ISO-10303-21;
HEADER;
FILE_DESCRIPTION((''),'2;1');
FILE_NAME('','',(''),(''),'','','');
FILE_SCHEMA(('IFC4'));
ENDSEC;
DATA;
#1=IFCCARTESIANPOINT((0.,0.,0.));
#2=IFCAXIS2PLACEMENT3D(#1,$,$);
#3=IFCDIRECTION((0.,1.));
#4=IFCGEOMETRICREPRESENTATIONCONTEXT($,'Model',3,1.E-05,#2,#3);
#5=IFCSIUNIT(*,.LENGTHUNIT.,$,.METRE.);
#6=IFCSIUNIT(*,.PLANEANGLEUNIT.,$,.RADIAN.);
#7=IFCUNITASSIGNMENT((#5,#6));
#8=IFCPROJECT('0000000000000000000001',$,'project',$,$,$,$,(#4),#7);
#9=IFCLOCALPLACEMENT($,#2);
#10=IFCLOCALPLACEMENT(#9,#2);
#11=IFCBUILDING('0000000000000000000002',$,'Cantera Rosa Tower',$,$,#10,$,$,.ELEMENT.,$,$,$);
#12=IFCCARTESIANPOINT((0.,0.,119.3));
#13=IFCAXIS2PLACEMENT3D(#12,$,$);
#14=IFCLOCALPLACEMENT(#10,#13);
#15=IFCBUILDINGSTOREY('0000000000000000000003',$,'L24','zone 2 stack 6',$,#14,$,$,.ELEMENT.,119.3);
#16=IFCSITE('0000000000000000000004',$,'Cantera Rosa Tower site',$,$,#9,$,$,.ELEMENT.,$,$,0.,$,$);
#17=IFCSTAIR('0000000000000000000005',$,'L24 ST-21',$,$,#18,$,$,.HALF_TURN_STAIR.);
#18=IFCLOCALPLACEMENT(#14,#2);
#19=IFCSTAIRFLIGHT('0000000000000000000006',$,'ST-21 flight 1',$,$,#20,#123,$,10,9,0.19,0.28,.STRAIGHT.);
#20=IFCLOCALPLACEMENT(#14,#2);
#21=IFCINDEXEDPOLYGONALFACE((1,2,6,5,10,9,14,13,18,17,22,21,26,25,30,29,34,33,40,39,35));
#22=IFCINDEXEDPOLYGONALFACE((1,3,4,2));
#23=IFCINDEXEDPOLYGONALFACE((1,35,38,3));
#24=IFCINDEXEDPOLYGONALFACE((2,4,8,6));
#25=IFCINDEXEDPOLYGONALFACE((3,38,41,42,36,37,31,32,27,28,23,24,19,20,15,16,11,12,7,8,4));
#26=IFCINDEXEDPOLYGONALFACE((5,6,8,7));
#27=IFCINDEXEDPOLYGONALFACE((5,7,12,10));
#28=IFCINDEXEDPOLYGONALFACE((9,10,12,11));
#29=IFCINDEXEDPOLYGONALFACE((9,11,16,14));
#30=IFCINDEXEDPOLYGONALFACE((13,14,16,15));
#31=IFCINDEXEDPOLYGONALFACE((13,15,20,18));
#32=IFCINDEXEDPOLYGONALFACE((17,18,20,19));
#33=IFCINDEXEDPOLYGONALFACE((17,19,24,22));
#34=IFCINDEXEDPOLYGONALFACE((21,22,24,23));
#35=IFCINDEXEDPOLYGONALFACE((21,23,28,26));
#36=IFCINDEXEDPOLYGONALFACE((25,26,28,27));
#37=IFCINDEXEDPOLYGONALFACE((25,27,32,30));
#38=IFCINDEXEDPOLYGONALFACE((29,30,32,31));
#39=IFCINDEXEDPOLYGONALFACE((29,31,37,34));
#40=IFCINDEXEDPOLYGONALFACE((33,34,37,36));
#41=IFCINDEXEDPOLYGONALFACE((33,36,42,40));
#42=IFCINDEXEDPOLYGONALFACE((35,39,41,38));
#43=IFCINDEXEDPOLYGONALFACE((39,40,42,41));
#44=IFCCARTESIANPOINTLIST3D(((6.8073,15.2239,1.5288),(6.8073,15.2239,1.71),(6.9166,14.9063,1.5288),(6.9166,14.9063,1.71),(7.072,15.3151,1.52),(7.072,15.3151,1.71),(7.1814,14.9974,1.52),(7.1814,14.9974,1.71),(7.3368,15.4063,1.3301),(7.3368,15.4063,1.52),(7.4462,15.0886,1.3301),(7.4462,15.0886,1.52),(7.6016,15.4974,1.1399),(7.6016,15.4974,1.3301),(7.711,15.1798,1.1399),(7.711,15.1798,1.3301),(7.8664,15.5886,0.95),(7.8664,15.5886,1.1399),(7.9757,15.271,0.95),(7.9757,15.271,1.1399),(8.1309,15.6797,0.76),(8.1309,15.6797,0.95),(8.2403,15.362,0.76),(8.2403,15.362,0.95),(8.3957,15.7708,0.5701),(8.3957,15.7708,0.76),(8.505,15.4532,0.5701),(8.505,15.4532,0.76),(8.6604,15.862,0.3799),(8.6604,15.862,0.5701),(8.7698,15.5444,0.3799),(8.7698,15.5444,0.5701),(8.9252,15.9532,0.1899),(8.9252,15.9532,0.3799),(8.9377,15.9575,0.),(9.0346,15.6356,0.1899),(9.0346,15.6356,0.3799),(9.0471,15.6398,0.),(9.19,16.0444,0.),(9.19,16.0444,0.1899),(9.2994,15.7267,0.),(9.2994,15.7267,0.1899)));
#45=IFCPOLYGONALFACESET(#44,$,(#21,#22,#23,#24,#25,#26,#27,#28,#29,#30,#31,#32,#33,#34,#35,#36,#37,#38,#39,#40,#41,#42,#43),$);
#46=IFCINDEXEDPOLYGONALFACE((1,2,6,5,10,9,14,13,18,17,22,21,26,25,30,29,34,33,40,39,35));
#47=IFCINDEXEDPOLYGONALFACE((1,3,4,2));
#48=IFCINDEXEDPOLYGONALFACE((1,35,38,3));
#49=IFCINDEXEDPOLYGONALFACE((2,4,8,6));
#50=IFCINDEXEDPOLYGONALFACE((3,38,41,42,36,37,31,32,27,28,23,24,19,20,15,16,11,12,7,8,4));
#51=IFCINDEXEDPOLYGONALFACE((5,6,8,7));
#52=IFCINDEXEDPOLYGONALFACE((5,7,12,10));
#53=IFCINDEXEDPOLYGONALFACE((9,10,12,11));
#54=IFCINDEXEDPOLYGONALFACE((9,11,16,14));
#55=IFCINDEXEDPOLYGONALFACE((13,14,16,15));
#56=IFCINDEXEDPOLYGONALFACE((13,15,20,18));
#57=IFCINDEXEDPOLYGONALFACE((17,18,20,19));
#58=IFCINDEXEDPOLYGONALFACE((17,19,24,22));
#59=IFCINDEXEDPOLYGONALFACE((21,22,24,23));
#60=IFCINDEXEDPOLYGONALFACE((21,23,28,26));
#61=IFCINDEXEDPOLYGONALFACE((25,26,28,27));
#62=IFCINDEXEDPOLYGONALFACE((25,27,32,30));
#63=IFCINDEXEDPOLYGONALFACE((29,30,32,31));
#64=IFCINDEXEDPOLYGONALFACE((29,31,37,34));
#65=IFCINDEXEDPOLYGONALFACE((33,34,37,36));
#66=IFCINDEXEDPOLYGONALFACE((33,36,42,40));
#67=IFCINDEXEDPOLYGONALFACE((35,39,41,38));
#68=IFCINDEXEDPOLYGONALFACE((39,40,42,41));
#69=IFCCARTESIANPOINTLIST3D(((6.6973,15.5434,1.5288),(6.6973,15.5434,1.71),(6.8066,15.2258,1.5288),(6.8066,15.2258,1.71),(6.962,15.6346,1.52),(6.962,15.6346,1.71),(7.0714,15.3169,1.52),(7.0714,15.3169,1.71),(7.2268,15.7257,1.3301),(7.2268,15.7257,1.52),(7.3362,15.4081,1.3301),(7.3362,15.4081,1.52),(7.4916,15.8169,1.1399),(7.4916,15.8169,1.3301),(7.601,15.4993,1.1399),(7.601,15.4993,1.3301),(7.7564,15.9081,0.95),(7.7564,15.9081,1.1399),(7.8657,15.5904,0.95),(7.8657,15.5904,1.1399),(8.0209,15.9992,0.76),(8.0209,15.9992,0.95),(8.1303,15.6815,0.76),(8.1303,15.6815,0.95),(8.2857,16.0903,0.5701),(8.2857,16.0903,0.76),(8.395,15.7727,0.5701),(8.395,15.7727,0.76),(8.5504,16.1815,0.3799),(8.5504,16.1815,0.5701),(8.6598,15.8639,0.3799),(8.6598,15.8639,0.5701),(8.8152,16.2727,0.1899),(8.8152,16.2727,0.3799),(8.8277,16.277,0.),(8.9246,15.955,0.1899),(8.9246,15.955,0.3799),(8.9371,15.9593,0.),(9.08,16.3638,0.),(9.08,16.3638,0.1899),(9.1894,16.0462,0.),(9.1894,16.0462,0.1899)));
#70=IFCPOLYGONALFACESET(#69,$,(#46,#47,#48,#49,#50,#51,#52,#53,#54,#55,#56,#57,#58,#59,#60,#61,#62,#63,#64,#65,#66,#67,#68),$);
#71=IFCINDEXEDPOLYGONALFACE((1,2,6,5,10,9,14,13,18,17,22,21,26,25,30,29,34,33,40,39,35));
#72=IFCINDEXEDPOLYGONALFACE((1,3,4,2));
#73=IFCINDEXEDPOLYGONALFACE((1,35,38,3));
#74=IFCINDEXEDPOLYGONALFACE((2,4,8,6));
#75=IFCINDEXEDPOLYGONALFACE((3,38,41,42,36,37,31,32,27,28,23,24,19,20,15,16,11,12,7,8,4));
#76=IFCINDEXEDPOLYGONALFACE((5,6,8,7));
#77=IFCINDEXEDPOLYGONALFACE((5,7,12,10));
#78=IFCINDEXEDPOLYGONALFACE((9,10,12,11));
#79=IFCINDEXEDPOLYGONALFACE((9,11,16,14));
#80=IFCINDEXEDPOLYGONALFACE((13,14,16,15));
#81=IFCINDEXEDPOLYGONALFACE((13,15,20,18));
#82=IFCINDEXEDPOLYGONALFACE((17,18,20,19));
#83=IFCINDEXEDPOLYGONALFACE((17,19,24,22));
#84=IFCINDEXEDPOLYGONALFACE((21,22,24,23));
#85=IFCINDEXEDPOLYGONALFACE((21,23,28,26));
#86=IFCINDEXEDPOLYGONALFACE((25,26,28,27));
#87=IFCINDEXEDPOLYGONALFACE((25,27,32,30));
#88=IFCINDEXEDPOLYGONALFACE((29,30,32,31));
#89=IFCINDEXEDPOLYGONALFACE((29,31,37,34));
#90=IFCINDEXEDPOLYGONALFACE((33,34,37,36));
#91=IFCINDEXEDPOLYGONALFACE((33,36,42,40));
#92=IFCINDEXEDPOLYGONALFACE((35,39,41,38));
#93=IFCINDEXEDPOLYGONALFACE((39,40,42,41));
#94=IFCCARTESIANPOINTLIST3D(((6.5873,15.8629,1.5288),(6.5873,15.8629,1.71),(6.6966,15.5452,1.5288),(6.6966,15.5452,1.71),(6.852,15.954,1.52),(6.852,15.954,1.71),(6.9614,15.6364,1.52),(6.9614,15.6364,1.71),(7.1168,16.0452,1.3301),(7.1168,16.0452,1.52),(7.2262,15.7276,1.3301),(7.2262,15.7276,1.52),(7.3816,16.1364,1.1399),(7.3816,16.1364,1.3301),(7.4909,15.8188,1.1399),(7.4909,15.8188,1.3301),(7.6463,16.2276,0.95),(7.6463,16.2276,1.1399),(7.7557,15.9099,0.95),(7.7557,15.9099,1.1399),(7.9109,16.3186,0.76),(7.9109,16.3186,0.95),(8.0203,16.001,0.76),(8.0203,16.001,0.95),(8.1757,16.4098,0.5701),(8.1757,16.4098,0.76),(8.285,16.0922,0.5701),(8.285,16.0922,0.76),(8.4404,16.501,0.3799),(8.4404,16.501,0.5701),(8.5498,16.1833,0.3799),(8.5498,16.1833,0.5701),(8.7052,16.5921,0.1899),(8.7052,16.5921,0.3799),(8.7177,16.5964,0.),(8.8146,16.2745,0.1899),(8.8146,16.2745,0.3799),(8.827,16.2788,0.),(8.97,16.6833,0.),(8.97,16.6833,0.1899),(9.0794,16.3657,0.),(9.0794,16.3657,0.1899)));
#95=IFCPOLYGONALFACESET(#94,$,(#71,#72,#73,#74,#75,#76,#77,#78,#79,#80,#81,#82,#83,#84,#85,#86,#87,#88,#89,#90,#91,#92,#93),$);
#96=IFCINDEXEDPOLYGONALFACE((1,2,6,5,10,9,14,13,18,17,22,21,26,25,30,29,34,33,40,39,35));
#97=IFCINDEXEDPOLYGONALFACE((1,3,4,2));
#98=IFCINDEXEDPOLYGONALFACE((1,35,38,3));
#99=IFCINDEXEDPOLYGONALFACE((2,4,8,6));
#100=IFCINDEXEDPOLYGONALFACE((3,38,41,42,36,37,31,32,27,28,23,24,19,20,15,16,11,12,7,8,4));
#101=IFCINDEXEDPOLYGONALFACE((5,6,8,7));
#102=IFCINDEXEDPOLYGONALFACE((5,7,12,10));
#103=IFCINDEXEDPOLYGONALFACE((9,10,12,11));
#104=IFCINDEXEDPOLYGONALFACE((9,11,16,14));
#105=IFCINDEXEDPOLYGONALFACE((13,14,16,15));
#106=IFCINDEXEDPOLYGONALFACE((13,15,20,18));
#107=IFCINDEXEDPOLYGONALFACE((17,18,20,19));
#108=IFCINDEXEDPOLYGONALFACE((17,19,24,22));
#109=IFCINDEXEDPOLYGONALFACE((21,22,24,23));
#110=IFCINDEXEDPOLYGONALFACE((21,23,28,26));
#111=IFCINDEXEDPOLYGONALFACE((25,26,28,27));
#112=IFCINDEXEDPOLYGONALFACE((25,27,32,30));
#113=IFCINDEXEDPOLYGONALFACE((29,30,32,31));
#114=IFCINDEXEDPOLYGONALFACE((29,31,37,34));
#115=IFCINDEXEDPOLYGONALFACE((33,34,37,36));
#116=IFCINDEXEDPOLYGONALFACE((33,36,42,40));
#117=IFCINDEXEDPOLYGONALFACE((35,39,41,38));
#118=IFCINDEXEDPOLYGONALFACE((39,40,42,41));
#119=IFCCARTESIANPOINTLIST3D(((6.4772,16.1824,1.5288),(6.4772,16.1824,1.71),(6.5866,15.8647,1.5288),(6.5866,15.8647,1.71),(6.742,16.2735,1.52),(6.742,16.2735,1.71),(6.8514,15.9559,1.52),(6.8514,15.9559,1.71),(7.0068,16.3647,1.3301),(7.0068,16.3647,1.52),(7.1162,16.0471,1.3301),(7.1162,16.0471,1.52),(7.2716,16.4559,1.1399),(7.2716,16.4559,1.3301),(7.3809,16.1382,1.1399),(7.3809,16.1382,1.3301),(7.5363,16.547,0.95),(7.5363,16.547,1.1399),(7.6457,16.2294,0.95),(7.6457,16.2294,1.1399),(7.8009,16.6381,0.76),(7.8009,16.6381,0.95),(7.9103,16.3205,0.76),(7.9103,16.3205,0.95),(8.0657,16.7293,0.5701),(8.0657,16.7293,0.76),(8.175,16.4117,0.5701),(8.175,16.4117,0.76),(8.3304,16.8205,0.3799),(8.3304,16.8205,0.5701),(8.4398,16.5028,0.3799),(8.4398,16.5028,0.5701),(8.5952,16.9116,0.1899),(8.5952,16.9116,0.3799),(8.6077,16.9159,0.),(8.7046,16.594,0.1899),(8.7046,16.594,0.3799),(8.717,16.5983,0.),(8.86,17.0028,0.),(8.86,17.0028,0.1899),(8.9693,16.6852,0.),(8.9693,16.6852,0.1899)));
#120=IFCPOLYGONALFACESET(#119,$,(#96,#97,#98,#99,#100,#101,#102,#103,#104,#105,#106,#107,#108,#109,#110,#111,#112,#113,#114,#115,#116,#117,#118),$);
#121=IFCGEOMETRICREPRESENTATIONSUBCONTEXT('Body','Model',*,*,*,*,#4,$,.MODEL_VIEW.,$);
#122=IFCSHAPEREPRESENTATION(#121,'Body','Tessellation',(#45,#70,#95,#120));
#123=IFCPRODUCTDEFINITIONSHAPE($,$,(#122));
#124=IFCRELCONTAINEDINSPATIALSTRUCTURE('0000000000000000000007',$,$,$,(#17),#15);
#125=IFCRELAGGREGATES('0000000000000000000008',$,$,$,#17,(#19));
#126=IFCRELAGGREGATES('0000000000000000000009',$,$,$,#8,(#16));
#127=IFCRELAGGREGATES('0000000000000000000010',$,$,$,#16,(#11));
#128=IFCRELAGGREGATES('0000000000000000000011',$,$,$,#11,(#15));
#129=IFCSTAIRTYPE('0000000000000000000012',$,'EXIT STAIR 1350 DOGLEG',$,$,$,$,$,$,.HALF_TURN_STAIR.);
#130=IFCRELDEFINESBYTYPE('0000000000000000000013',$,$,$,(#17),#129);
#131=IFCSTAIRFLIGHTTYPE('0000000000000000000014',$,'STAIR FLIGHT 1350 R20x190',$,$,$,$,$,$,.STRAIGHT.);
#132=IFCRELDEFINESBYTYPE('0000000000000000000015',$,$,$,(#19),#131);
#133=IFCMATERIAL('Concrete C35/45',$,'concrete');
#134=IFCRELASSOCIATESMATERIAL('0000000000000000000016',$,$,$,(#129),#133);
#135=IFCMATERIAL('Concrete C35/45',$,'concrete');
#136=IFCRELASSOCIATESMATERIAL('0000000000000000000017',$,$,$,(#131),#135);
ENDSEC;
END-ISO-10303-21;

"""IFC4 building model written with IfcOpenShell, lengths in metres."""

from ifc_helpers import new_model, si_unit, direction, frame, origin, place, context, subcontext, project, spatial, polyline, outline, extrude, material, type_object, element, aggregate, save


model = new_model("IFC4")

# Units and contexts
model_context = context("Model", 3, precision=1e-05, world=origin(), true_north=direction((0.0, 1.0)))
body_context = subcontext(model_context, "Body", "Model", "MODEL_VIEW")
ifc_project = project(units=[si_unit("LENGTHUNIT", "METRE"), si_unit("PLANEANGLEUNIT", "RADIAN")], contexts=[model_context])

# Site, building, storey
site_placement = place(None, origin())
site = spatial("IfcSite", under=ifc_project, at=site_placement, Name="Cantera Rosa Tower site", CompositionType="ELEMENT", RefElevation=0.0)
building_placement = place(site_placement, origin())
building = spatial("IfcBuilding", under=site, at=building_placement, Name="Cantera Rosa Tower", CompositionType="ELEMENT")
storey_placement = place(building_placement, frame((0.0, 0.0, 119.3)))
storey = spatial("IfcBuildingStorey", under=building, at=storey_placement, Name="L24", Description="zone 2 stack 6", CompositionType="ELEMENT", Elevation=119.3)

# Stair, stair flight
ifc_material_1 = material(Name="Concrete C35/45", Category="concrete")
stair_type = type_object("IfcStairType", Name="EXIT STAIR 1350 DOGLEG", PredefinedType="HALF_TURN_STAIR", material=ifc_material_1)
stair_placement = place(storey_placement, origin())
stair = element("IfcStair", 1, at=stair_placement, inside=storey, type_object=stair_type, Name="L24 ST-21", PredefinedType="HALF_TURN_STAIR")
ifc_material_2 = material(Name="Concrete C35/45", Category="concrete")
stair_flight_type = type_object("IfcStairFlightType", Name="STAIR FLIGHT 1350 R20x190", PredefinedType="STRAIGHT", material=ifc_material_2)
stair_flight_1_placement = place(storey_placement, frame((9.0796, 16.365, 0.0), z_axis=(0.0, 0.0, 1.0), x_axis=(-0.945519, -0.325568, 0.0)))
stair_flight_1 = element("IfcStairFlight", 2, at=stair_flight_1_placement, type_object=stair_flight_type, Name="ST-21 flight 1", NumberOfRisers=10, NumberOfTreads=9, PredefinedType="STRAIGHT", RiserHeight=0.19, TreadLength=0.28, context=body_context, shape_type="SweptSolid", body=[
    extrude(outline(polyline([(0.0, 0.0), (0.0, 0.1899), (0.28, 0.1899), (0.28, 0.3799), (0.5601, 0.3799), (0.5601, 0.5701), (0.8401, 0.5701), (0.8401, 0.76), (1.1201, 0.76), (1.1201, 0.95), (1.3999, 0.95), (1.3999, 1.1399), (1.6799, 1.1399), (1.6799, 1.3301), (1.96, 1.3301), (1.96, 1.52), (2.24, 1.52), (2.24, 1.71), (2.52, 1.71), (2.52, 1.8999), (2.52, 1.5288), (0.2668, 0.0), (0.0, 0.0)])), frame((0.0, 0.675, 0.0), z_axis=(0.0, -1.0, 0.0), x_axis=(1.0, 0.0, 0.0)), (0.0, 0.0, 1.0), 0.3359),
    extrude(outline(polyline([(0.0, 0.0), (0.0, 0.1899), (0.28, 0.1899), (0.28, 0.3799), (0.5601, 0.3799), (0.5601, 0.5701), (0.8401, 0.5701), (0.8401, 0.76), (1.1201, 0.76), (1.1201, 0.95), (1.3999, 0.95), (1.3999, 1.1399), (1.6799, 1.1399), (1.6799, 1.3301), (1.96, 1.3301), (1.96, 1.52), (2.24, 1.52), (2.24, 1.71), (2.52, 1.71), (2.52, 1.8999), (2.52, 1.5288), (0.2668, 0.0), (0.0, 0.0)])), frame((0.0, 0.3372, 0.0), z_axis=(0.0, -1.0, 0.0), x_axis=(1.0, 0.0, 0.0)), (0.0, 0.0, 1.0), 0.3359),
    extrude(outline(polyline([(0.0, 0.0), (0.0, 0.1899), (0.28, 0.1899), (0.28, 0.3799), (0.5601, 0.3799), (0.5601, 0.5701), (0.8401, 0.5701), (0.8401, 0.76), (1.1201, 0.76), (1.1201, 0.95), (1.3999, 0.95), (1.3999, 1.1399), (1.6799, 1.1399), (1.6799, 1.3301), (1.96, 1.3301), (1.96, 1.52), (2.24, 1.52), (2.24, 1.71), (2.52, 1.71), (2.52, 1.8999), (2.52, 1.5288), (0.2668, 0.0), (0.0, 0.0)])), frame((0.0, -0.0007, 0.0), z_axis=(0.0, -1.0, 0.0), x_axis=(1.0, 0.0, 0.0)), (0.0, 0.0, 1.0), 0.3359),
    extrude(outline(polyline([(0.0, 0.0), (0.0, 0.1899), (0.28, 0.1899), (0.28, 0.3799), (0.5601, 0.3799), (0.5601, 0.5701), (0.8401, 0.5701), (0.8401, 0.76), (1.1201, 0.76), (1.1201, 0.95), (1.3999, 0.95), (1.3999, 1.1399), (1.6799, 1.1399), (1.6799, 1.3301), (1.96, 1.3301), (1.96, 1.52), (2.24, 1.52), (2.24, 1.71), (2.52, 1.71), (2.52, 1.8999), (2.52, 1.5288), (0.2668, 0.0), (0.0, 0.0)])), frame((0.0, -0.3386, 0.0), z_axis=(0.0, -1.0, 0.0), x_axis=(1.0, 0.0, 0.0)), (0.0, 0.0, 1.0), 0.3359),
])
aggregate(stair, [stair_flight_1])

save(model, "model.ifc")
